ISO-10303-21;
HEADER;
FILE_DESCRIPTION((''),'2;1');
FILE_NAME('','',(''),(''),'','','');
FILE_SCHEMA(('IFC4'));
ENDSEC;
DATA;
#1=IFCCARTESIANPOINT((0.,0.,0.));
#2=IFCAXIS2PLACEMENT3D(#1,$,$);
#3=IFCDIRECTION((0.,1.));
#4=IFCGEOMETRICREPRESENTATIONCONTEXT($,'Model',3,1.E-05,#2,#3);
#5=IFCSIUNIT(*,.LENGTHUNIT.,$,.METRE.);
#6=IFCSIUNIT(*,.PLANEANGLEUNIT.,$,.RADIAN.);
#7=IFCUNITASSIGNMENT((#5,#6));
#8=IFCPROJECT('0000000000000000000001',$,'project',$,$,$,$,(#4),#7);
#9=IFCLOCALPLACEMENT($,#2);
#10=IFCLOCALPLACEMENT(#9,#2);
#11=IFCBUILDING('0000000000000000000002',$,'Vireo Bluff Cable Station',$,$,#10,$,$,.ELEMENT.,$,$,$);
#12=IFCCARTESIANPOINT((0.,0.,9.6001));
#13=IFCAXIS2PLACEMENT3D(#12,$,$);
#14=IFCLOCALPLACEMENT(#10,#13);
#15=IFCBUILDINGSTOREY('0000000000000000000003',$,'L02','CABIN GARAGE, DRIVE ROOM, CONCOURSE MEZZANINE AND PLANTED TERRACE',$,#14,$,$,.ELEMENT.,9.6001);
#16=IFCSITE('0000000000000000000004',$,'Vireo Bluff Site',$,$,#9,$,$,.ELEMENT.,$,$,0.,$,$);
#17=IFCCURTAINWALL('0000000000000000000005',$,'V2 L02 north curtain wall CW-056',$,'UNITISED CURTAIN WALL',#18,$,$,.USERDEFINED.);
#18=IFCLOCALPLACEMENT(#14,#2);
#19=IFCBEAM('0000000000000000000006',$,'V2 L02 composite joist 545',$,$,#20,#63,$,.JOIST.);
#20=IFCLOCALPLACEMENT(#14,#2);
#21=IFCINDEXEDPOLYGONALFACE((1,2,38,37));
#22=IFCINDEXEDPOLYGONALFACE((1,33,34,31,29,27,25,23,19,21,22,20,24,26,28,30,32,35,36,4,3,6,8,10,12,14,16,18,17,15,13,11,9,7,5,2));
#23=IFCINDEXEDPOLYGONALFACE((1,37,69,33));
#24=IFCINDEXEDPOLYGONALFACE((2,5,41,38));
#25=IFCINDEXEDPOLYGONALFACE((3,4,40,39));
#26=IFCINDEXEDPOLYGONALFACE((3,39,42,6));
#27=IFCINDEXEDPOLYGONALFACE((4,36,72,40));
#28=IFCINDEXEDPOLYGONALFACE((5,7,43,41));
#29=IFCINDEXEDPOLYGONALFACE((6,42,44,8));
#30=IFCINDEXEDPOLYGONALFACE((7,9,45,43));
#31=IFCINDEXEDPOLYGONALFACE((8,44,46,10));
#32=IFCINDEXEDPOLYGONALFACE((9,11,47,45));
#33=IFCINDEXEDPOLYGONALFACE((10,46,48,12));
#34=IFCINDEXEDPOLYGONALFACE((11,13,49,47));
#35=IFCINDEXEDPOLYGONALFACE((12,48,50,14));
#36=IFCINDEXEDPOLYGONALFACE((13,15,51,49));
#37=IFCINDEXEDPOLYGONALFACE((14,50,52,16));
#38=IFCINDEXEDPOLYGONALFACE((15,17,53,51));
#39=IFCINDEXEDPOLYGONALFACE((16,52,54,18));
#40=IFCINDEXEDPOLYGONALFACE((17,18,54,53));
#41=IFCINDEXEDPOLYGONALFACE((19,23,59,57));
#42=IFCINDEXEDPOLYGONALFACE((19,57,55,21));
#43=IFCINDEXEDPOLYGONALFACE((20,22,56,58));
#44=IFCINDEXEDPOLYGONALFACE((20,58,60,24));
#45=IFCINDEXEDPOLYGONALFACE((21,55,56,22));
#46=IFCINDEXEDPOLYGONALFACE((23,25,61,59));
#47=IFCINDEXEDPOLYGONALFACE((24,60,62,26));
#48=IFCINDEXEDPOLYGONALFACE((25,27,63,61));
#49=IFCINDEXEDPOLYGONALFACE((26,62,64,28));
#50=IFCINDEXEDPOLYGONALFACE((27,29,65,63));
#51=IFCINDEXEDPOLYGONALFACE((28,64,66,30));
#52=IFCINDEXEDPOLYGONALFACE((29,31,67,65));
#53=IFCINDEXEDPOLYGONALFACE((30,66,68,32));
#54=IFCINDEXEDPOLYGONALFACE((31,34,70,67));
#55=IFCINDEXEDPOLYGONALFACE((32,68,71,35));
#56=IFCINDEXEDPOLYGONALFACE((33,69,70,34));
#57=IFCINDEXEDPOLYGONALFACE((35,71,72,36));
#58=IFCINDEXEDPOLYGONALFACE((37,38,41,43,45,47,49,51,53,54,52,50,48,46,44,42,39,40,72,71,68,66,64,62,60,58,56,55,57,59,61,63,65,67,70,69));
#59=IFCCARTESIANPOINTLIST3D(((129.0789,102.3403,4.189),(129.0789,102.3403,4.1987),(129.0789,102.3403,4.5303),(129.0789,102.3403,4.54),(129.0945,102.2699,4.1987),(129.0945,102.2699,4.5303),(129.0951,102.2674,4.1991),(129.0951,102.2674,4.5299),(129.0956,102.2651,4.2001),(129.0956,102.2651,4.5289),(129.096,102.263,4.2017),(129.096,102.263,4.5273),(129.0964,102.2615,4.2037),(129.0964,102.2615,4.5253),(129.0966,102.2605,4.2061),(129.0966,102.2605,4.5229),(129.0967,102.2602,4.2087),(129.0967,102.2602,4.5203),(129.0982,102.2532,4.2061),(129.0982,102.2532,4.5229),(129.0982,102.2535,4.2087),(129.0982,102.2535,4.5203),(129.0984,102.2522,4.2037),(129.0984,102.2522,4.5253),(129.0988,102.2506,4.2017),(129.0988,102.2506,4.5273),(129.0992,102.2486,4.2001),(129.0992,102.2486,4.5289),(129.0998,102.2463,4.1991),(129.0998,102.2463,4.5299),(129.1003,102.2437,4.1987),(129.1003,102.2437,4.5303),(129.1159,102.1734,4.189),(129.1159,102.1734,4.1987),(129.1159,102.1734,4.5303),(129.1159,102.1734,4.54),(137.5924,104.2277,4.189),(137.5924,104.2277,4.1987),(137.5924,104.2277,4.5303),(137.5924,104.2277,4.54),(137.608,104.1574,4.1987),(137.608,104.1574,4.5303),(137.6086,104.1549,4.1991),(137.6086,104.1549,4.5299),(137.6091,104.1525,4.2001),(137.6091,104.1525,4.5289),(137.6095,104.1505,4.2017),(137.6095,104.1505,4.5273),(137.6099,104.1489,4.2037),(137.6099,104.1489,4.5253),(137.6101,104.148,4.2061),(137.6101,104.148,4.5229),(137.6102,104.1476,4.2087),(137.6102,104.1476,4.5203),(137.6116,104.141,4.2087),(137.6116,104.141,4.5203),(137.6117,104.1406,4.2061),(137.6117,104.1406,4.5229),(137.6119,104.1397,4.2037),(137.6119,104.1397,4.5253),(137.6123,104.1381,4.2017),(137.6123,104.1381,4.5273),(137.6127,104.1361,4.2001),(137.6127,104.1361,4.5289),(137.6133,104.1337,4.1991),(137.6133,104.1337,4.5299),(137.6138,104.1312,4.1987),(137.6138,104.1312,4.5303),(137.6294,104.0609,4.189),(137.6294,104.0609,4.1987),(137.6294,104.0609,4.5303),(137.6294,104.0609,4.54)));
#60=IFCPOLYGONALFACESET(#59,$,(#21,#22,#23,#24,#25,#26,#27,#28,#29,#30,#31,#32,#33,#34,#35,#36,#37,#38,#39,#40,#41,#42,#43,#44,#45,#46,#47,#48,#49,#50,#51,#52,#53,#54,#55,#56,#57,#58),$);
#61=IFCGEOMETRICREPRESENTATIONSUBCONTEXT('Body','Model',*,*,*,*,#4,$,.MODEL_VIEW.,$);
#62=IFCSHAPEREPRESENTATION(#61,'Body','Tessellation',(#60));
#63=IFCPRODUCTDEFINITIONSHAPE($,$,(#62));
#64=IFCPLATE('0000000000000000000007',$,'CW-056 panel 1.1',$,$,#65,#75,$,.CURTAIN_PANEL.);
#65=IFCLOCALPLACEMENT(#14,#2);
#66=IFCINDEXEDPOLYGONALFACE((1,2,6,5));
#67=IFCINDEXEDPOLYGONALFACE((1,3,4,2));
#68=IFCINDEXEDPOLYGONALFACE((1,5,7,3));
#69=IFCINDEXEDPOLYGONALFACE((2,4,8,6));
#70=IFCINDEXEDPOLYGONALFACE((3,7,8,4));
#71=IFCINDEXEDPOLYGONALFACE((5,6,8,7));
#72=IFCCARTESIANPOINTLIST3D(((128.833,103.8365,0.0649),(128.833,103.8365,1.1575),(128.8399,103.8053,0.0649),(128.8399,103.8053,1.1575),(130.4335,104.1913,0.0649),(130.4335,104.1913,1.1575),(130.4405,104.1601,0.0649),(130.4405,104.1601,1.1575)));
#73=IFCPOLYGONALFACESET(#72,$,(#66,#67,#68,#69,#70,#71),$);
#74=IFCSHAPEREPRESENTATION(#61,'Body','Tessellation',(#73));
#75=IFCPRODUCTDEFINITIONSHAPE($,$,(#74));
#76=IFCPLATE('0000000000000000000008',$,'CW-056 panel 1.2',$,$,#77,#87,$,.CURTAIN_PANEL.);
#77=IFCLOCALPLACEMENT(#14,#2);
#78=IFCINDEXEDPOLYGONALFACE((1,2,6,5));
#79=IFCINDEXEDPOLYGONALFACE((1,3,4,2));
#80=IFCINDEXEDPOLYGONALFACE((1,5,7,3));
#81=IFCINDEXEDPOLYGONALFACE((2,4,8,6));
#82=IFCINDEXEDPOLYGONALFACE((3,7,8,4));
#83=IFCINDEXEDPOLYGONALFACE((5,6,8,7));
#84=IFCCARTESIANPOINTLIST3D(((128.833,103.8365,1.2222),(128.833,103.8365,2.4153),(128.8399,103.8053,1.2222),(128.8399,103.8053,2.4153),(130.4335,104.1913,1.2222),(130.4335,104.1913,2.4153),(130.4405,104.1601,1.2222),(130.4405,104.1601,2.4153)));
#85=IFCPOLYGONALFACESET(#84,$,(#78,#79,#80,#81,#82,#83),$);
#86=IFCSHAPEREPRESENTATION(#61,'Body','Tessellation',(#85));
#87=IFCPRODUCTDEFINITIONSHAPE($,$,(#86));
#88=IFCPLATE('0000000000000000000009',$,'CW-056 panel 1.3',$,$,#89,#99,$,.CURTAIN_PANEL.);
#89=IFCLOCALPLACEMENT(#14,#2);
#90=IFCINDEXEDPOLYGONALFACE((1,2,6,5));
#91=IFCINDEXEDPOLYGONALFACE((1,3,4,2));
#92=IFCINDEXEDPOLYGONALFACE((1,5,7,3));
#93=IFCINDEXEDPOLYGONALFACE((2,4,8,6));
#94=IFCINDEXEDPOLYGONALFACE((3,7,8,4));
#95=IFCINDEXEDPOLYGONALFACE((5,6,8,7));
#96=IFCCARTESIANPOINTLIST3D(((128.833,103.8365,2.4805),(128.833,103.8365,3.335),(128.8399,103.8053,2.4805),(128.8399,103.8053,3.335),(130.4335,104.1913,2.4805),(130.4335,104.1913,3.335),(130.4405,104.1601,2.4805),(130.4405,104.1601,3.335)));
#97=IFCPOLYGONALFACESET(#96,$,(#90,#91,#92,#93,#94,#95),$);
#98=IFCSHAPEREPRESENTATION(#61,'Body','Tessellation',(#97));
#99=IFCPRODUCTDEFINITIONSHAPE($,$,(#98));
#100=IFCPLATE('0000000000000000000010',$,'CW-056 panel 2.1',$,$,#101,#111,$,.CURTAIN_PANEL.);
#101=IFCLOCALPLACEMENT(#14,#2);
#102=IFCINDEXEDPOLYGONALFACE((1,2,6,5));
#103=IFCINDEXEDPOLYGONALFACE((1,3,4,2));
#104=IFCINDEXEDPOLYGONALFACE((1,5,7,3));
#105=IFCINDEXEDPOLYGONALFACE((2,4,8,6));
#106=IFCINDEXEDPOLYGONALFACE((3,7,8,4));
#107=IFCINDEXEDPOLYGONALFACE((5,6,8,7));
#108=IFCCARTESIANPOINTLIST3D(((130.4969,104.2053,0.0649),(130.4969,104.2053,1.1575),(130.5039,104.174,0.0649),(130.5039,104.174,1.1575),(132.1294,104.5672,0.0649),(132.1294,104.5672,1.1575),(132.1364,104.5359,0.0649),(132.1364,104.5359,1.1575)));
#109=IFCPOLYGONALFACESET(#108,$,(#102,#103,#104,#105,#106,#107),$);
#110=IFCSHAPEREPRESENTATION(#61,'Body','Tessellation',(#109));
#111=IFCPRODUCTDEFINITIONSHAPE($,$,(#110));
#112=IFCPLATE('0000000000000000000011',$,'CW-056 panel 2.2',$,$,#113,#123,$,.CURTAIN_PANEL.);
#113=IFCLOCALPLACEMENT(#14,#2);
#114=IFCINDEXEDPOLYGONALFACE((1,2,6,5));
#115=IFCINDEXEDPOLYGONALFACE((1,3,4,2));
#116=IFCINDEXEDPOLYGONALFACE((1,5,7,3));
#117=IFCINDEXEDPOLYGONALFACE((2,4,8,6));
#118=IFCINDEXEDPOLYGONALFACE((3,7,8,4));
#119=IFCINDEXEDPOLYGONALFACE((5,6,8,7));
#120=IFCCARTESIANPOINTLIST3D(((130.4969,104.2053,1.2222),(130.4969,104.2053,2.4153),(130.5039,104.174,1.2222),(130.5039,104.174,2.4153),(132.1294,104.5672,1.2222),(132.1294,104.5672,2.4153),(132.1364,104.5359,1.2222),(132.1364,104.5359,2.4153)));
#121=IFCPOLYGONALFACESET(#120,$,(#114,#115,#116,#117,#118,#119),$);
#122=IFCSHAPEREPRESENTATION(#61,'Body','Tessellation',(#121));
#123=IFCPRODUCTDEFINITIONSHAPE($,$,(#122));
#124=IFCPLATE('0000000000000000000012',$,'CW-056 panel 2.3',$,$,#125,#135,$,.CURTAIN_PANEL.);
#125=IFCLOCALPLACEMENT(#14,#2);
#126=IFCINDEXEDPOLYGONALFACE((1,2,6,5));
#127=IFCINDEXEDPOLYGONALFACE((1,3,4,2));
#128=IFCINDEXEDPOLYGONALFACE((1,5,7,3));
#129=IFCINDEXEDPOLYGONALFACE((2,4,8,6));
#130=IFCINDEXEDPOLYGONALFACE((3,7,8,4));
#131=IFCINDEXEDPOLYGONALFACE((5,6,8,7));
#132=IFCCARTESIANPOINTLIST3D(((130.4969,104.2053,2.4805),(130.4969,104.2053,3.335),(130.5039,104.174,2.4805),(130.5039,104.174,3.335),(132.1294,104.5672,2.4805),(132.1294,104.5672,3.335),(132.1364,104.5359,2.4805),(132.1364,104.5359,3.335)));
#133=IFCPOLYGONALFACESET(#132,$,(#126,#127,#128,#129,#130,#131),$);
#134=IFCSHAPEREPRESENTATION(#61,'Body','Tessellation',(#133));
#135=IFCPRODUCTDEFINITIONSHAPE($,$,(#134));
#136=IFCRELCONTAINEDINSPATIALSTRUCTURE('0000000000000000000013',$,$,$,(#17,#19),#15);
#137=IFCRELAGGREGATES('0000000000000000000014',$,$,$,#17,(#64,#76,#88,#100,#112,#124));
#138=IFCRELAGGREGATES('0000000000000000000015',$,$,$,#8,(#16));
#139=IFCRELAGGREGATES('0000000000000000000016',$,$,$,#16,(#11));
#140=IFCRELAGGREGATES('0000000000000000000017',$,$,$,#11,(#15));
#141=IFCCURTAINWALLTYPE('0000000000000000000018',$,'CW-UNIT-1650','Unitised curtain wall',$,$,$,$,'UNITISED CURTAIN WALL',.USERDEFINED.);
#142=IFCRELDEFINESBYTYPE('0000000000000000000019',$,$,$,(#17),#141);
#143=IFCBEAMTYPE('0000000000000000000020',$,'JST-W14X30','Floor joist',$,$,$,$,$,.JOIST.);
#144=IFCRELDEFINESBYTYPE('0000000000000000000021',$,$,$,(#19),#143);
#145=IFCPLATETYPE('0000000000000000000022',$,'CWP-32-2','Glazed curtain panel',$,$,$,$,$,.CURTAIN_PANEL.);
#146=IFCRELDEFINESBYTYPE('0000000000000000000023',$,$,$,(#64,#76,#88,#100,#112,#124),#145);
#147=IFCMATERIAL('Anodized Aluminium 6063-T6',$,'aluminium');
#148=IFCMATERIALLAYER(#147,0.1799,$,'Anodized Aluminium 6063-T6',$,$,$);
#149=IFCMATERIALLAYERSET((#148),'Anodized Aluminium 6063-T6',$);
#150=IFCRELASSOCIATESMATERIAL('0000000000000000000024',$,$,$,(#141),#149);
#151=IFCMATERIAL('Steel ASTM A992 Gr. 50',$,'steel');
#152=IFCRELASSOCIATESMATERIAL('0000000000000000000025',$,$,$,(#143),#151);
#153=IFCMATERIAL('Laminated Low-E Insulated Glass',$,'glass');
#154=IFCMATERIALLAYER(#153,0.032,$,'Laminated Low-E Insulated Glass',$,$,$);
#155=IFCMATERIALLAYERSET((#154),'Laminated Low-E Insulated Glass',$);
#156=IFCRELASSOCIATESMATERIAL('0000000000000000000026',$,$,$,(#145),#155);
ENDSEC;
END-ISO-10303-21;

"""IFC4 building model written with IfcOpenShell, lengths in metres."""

from ifc_helpers import new_model, si_unit, direction, frame, origin, origin_2d, place, context, subcontext, project, spatial, rectangle, i_section, extrude, material, layer, layer_set, material_profile, profile_set, type_object, element, aggregate, save


model = new_model("IFC4")

# Units and contexts
model_context = context("Model", 3, precision=1e-05, world=origin(), true_north=direction((0.0, 1.0)))
body_context = subcontext(model_context, "Body", "Model", "MODEL_VIEW")
ifc_project = project(units=[si_unit("LENGTHUNIT", "METRE"), si_unit("PLANEANGLEUNIT", "RADIAN")], contexts=[model_context])

# Site, building, storey
site_placement = place(None, origin())
site = spatial("IfcSite", under=ifc_project, at=site_placement, Name="Vireo Bluff Site", CompositionType="ELEMENT", RefElevation=0.0)
building_placement = place(site_placement, origin())
building = spatial("IfcBuilding", under=site, at=building_placement, Name="Vireo Bluff Cable Station", CompositionType="ELEMENT")
storey_placement = place(building_placement, frame((0.0, 0.0, 9.6001)))
storey = spatial("IfcBuildingStorey", under=building, at=storey_placement, Name="L02", Description="CABIN GARAGE, DRIVE ROOM, CONCOURSE MEZZANINE AND PLANTED TERRACE", CompositionType="ELEMENT", Elevation=9.6001)

# Curtain wall
ifc_material_1 = material(Name="Anodized Aluminium 6063-T6", Category="aluminium")
ifc_layer_1 = layer(ifc_material_1, 0.1799, Name="Anodized Aluminium 6063-T6")
ifc_layer_set_1 = layer_set([ifc_layer_1], Name="Anodized Aluminium 6063-T6")
curtain_wall_type = type_object("IfcCurtainWallType", Name="CW-UNIT-1650", Description="Unitised curtain wall", ElementType="UNITISED CURTAIN WALL", PredefinedType="USERDEFINED", material=ifc_layer_set_1)
curtain_wall_placement = place(storey_placement, origin())
curtain_wall = element("IfcCurtainWall", 1, at=curtain_wall_placement, inside=storey, type_object=curtain_wall_type, Name="V2 L02 north curtain wall CW-056", ObjectType="UNITISED CURTAIN WALL", PredefinedType="USERDEFINED")

# Beam
ifc_material_2 = material(Name="Steel ASTM A992 Gr. 50", Category="steel")
ifc_material_profile_1 = material_profile(ifc_material_2, i_section(OverallWidth=0.1709, OverallDepth=0.3511, WebThickness=0.0068, FlangeThickness=0.0098, FilletRadius=0.01, at=origin_2d()), Name="W14X30")
ifc_profile_set_1 = profile_set([ifc_material_profile_1], Name="Steel ASTM A992 Gr. 50")
beam_type_1 = type_object("IfcBeamType", Name="JST-W14X30", Description="Floor joist", PredefinedType="JOIST", material=ifc_profile_set_1)
for number, where, z_axis, x_axis, name in (
    (2, (129.0974, 102.2568, 4.3645), (0.976294, 0.216447, 0.0), (-0.216447, 0.976294, 0.0), "V2 L02 composite joist 545"),
):
    element("IfcBeam", number, at=place(storey_placement, frame(where, z_axis=z_axis, x_axis=x_axis)), inside=storey, type_object=beam_type_1, Name=name, PredefinedType="JOIST", context=body_context, shape_type="SweptSolid", body=[
        extrude(i_section(OverallWidth=0.1709, OverallDepth=0.3511, WebThickness=0.0068, FlangeThickness=0.0098, FilletRadius=0.01, at=origin_2d()), origin(), (0.0, 0.0, 1.0), 8.7202),
    ])

# Plates
ifc_material_3 = material(Name="Laminated Low-E Insulated Glass", Category="glass")
ifc_layer_2 = layer(ifc_material_3, 0.032, Name="Laminated Low-E Insulated Glass")
ifc_layer_set_2 = layer_set([ifc_layer_2], Name="Laminated Low-E Insulated Glass")
plate_type = type_object("IfcPlateType", Name="CWP-32-2", Description="Glazed curtain panel", PredefinedType="CURTAIN_PANEL", material=ifc_layer_set_2)
plate_1_placement = place(storey_placement, frame((129.6367, 103.9983, 0.0649), z_axis=(0.0, 0.0, 1.0), x_axis=(0.976296, 0.21644, 0.0)))
plate_1 = element("IfcPlate", 3, at=plate_1_placement, type_object=plate_type, Name="CW-056 panel 1.1", PredefinedType="CURTAIN_PANEL", context=body_context, shape_type="SweptSolid", body=[
    extrude(rectangle(XDim=1.6394, YDim=0.032, at=origin_2d()), origin(), (0.0, 0.0, 1.0), 1.0925),
])
plate_2_placement = place(storey_placement, frame((129.6367, 103.9983, 1.2222), z_axis=(0.0, 0.0, 1.0), x_axis=(0.976296, 0.21644, 0.0)))
plate_2 = element("IfcPlate", 4, at=plate_2_placement, type_object=plate_type, Name="CW-056 panel 1.2", PredefinedType="CURTAIN_PANEL", context=body_context, shape_type="SweptSolid", body=[
    extrude(rectangle(XDim=1.6394, YDim=0.032, at=origin_2d()), origin(), (0.0, 0.0, 1.0), 1.1931),
])
plate_3_placement = place(storey_placement, frame((129.6367, 103.9983, 2.4805), z_axis=(0.0, 0.0, 1.0), x_axis=(0.976296, 0.21644, 0.0)))
plate_3 = element("IfcPlate", 5, at=plate_3_placement, type_object=plate_type, Name="CW-056 panel 1.3", PredefinedType="CURTAIN_PANEL", context=body_context, shape_type="SweptSolid", body=[
    extrude(rectangle(XDim=1.6394, YDim=0.032, at=origin_2d()), origin(), (0.0, 0.0, 1.0), 0.8545),
])
plate_4_placement = place(storey_placement, frame((131.3167, 104.3706, 0.0649), z_axis=(0.0, 0.0, 1.0), x_axis=(0.976296, 0.21644, 0.0)))
plate_4 = element("IfcPlate", 6, at=plate_4_placement, type_object=plate_type, Name="CW-056 panel 2.1", PredefinedType="CURTAIN_PANEL", context=body_context, shape_type="SweptSolid", body=[
    extrude(rectangle(XDim=1.6721, YDim=0.032, at=origin_2d()), origin(), (0.0, 0.0, 1.0), 1.0925),
])
plate_5_placement = place(storey_placement, frame((131.3167, 104.3706, 1.2222), z_axis=(0.0, 0.0, 1.0), x_axis=(0.976296, 0.21644, 0.0)))
plate_5 = element("IfcPlate", 7, at=plate_5_placement, type_object=plate_type, Name="CW-056 panel 2.2", PredefinedType="CURTAIN_PANEL", context=body_context, shape_type="SweptSolid", body=[
    extrude(rectangle(XDim=1.6721, YDim=0.032, at=origin_2d()), origin(), (0.0, 0.0, 1.0), 1.1931),
])
plate_6_placement = place(storey_placement, frame((131.3167, 104.3706, 2.4805), z_axis=(0.0, 0.0, 1.0), x_axis=(0.976296, 0.21644, 0.0)))
plate_6 = element("IfcPlate", 8, at=plate_6_placement, type_object=plate_type, Name="CW-056 panel 2.3", PredefinedType="CURTAIN_PANEL", context=body_context, shape_type="SweptSolid", body=[
    extrude(rectangle(XDim=1.6721, YDim=0.032, at=origin_2d()), origin(), (0.0, 0.0, 1.0), 0.8545),
])
aggregate(curtain_wall, [plate_1, plate_2, plate_3, plate_4, plate_5, plate_6])

save(model, "model.ifc")
